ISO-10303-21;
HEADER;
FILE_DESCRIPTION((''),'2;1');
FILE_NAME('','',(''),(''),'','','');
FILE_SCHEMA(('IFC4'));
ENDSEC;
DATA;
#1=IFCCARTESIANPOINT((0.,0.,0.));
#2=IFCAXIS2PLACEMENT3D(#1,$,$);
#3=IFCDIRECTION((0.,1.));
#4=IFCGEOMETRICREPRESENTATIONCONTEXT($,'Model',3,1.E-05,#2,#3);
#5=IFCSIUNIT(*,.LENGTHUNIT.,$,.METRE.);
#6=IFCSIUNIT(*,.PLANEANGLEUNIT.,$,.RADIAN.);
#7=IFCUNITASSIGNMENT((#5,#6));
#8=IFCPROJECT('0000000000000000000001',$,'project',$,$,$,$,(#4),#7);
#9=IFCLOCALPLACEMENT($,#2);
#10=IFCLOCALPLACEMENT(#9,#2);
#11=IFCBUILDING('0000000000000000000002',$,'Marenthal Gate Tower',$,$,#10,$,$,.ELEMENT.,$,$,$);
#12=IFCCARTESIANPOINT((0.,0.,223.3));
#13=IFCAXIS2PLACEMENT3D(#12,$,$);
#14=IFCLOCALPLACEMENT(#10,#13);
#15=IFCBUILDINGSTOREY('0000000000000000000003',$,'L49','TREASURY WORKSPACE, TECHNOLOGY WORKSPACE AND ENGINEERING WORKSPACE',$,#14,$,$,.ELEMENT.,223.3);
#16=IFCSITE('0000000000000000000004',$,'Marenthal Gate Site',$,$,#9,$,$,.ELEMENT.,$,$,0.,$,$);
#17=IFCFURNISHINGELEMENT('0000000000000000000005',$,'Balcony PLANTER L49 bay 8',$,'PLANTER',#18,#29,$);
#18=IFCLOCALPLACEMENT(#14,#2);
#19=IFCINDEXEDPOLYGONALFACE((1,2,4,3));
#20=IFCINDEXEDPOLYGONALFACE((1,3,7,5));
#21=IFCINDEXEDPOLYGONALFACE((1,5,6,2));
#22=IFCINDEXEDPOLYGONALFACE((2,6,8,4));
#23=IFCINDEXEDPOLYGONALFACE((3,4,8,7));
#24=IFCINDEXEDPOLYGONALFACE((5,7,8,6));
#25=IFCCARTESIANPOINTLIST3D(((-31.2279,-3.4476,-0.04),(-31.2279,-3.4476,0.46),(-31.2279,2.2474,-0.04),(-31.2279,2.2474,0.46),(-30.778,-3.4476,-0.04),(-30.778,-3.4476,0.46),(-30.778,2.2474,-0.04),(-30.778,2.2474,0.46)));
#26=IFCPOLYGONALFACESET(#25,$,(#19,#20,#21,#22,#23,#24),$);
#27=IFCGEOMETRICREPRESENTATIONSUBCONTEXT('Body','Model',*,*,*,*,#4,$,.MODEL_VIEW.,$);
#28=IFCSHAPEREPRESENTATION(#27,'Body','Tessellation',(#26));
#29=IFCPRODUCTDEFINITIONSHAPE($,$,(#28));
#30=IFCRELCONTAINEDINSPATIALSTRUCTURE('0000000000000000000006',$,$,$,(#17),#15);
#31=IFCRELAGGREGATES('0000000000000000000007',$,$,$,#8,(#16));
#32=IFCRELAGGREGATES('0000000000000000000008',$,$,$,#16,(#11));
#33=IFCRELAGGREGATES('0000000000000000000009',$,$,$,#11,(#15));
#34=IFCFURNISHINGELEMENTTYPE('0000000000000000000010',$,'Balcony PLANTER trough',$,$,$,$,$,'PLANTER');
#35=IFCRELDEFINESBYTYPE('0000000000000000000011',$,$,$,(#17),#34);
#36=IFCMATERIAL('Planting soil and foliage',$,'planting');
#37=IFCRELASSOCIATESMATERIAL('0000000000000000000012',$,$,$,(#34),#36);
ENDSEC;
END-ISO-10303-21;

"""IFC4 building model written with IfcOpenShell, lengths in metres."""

from ifc_helpers import new_model, si_unit, direction, frame, origin, origin_2d, place, context, subcontext, project, spatial, rectangle, extrude, material, type_object, element, save


model = new_model("IFC4")

# Units and contexts
model_context = context("Model", 3, precision=1e-05, world=origin(), true_north=direction((0.0, 1.0)))
body_context = subcontext(model_context, "Body", "Model", "MODEL_VIEW")
ifc_project = project(units=[si_unit("LENGTHUNIT", "METRE"), si_unit("PLANEANGLEUNIT", "RADIAN")], contexts=[model_context])

# Site, building, storey
site_placement = place(None, origin())
site = spatial("IfcSite", under=ifc_project, at=site_placement, Name="Marenthal Gate Site", CompositionType="ELEMENT", RefElevation=0.0)
building_placement = place(site_placement, origin())
building = spatial("IfcBuilding", under=site, at=building_placement, Name="Marenthal Gate Tower", CompositionType="ELEMENT")
storey_placement = place(building_placement, frame((0.0, 0.0, 223.3)))
storey = spatial("IfcBuildingStorey", under=building, at=storey_placement, Name="L49", Description="TREASURY WORKSPACE, TECHNOLOGY WORKSPACE AND ENGINEERING WORKSPACE", CompositionType="ELEMENT", Elevation=223.3)

# Furnishing element
ifc_material_1 = material(Name="Planting soil and foliage", Category="planting")
furnishing_element_type = type_object("IfcFurnishingElementType", Name="Balcony PLANTER trough", ElementType="PLANTER", material=ifc_material_1)
furnishing_placement = place(storey_placement, frame((-31.0029, -0.6001, -0.04), z_axis=(0.0, 0.0, 1.0), x_axis=(0.0, -1.0, 0.0)))
element("IfcFurnishingElement", 1, at=furnishing_placement, inside=storey, type_object=furnishing_element_type, Name="Balcony PLANTER L49 bay 8", ObjectType="PLANTER", context=body_context, shape_type="SweptSolid", body=[
    extrude(rectangle(XDim=5.6951, YDim=0.45, at=origin_2d()), origin(), (0.0, 0.0, 1.0), 0.5),
])

save(model, "model.ifc")
